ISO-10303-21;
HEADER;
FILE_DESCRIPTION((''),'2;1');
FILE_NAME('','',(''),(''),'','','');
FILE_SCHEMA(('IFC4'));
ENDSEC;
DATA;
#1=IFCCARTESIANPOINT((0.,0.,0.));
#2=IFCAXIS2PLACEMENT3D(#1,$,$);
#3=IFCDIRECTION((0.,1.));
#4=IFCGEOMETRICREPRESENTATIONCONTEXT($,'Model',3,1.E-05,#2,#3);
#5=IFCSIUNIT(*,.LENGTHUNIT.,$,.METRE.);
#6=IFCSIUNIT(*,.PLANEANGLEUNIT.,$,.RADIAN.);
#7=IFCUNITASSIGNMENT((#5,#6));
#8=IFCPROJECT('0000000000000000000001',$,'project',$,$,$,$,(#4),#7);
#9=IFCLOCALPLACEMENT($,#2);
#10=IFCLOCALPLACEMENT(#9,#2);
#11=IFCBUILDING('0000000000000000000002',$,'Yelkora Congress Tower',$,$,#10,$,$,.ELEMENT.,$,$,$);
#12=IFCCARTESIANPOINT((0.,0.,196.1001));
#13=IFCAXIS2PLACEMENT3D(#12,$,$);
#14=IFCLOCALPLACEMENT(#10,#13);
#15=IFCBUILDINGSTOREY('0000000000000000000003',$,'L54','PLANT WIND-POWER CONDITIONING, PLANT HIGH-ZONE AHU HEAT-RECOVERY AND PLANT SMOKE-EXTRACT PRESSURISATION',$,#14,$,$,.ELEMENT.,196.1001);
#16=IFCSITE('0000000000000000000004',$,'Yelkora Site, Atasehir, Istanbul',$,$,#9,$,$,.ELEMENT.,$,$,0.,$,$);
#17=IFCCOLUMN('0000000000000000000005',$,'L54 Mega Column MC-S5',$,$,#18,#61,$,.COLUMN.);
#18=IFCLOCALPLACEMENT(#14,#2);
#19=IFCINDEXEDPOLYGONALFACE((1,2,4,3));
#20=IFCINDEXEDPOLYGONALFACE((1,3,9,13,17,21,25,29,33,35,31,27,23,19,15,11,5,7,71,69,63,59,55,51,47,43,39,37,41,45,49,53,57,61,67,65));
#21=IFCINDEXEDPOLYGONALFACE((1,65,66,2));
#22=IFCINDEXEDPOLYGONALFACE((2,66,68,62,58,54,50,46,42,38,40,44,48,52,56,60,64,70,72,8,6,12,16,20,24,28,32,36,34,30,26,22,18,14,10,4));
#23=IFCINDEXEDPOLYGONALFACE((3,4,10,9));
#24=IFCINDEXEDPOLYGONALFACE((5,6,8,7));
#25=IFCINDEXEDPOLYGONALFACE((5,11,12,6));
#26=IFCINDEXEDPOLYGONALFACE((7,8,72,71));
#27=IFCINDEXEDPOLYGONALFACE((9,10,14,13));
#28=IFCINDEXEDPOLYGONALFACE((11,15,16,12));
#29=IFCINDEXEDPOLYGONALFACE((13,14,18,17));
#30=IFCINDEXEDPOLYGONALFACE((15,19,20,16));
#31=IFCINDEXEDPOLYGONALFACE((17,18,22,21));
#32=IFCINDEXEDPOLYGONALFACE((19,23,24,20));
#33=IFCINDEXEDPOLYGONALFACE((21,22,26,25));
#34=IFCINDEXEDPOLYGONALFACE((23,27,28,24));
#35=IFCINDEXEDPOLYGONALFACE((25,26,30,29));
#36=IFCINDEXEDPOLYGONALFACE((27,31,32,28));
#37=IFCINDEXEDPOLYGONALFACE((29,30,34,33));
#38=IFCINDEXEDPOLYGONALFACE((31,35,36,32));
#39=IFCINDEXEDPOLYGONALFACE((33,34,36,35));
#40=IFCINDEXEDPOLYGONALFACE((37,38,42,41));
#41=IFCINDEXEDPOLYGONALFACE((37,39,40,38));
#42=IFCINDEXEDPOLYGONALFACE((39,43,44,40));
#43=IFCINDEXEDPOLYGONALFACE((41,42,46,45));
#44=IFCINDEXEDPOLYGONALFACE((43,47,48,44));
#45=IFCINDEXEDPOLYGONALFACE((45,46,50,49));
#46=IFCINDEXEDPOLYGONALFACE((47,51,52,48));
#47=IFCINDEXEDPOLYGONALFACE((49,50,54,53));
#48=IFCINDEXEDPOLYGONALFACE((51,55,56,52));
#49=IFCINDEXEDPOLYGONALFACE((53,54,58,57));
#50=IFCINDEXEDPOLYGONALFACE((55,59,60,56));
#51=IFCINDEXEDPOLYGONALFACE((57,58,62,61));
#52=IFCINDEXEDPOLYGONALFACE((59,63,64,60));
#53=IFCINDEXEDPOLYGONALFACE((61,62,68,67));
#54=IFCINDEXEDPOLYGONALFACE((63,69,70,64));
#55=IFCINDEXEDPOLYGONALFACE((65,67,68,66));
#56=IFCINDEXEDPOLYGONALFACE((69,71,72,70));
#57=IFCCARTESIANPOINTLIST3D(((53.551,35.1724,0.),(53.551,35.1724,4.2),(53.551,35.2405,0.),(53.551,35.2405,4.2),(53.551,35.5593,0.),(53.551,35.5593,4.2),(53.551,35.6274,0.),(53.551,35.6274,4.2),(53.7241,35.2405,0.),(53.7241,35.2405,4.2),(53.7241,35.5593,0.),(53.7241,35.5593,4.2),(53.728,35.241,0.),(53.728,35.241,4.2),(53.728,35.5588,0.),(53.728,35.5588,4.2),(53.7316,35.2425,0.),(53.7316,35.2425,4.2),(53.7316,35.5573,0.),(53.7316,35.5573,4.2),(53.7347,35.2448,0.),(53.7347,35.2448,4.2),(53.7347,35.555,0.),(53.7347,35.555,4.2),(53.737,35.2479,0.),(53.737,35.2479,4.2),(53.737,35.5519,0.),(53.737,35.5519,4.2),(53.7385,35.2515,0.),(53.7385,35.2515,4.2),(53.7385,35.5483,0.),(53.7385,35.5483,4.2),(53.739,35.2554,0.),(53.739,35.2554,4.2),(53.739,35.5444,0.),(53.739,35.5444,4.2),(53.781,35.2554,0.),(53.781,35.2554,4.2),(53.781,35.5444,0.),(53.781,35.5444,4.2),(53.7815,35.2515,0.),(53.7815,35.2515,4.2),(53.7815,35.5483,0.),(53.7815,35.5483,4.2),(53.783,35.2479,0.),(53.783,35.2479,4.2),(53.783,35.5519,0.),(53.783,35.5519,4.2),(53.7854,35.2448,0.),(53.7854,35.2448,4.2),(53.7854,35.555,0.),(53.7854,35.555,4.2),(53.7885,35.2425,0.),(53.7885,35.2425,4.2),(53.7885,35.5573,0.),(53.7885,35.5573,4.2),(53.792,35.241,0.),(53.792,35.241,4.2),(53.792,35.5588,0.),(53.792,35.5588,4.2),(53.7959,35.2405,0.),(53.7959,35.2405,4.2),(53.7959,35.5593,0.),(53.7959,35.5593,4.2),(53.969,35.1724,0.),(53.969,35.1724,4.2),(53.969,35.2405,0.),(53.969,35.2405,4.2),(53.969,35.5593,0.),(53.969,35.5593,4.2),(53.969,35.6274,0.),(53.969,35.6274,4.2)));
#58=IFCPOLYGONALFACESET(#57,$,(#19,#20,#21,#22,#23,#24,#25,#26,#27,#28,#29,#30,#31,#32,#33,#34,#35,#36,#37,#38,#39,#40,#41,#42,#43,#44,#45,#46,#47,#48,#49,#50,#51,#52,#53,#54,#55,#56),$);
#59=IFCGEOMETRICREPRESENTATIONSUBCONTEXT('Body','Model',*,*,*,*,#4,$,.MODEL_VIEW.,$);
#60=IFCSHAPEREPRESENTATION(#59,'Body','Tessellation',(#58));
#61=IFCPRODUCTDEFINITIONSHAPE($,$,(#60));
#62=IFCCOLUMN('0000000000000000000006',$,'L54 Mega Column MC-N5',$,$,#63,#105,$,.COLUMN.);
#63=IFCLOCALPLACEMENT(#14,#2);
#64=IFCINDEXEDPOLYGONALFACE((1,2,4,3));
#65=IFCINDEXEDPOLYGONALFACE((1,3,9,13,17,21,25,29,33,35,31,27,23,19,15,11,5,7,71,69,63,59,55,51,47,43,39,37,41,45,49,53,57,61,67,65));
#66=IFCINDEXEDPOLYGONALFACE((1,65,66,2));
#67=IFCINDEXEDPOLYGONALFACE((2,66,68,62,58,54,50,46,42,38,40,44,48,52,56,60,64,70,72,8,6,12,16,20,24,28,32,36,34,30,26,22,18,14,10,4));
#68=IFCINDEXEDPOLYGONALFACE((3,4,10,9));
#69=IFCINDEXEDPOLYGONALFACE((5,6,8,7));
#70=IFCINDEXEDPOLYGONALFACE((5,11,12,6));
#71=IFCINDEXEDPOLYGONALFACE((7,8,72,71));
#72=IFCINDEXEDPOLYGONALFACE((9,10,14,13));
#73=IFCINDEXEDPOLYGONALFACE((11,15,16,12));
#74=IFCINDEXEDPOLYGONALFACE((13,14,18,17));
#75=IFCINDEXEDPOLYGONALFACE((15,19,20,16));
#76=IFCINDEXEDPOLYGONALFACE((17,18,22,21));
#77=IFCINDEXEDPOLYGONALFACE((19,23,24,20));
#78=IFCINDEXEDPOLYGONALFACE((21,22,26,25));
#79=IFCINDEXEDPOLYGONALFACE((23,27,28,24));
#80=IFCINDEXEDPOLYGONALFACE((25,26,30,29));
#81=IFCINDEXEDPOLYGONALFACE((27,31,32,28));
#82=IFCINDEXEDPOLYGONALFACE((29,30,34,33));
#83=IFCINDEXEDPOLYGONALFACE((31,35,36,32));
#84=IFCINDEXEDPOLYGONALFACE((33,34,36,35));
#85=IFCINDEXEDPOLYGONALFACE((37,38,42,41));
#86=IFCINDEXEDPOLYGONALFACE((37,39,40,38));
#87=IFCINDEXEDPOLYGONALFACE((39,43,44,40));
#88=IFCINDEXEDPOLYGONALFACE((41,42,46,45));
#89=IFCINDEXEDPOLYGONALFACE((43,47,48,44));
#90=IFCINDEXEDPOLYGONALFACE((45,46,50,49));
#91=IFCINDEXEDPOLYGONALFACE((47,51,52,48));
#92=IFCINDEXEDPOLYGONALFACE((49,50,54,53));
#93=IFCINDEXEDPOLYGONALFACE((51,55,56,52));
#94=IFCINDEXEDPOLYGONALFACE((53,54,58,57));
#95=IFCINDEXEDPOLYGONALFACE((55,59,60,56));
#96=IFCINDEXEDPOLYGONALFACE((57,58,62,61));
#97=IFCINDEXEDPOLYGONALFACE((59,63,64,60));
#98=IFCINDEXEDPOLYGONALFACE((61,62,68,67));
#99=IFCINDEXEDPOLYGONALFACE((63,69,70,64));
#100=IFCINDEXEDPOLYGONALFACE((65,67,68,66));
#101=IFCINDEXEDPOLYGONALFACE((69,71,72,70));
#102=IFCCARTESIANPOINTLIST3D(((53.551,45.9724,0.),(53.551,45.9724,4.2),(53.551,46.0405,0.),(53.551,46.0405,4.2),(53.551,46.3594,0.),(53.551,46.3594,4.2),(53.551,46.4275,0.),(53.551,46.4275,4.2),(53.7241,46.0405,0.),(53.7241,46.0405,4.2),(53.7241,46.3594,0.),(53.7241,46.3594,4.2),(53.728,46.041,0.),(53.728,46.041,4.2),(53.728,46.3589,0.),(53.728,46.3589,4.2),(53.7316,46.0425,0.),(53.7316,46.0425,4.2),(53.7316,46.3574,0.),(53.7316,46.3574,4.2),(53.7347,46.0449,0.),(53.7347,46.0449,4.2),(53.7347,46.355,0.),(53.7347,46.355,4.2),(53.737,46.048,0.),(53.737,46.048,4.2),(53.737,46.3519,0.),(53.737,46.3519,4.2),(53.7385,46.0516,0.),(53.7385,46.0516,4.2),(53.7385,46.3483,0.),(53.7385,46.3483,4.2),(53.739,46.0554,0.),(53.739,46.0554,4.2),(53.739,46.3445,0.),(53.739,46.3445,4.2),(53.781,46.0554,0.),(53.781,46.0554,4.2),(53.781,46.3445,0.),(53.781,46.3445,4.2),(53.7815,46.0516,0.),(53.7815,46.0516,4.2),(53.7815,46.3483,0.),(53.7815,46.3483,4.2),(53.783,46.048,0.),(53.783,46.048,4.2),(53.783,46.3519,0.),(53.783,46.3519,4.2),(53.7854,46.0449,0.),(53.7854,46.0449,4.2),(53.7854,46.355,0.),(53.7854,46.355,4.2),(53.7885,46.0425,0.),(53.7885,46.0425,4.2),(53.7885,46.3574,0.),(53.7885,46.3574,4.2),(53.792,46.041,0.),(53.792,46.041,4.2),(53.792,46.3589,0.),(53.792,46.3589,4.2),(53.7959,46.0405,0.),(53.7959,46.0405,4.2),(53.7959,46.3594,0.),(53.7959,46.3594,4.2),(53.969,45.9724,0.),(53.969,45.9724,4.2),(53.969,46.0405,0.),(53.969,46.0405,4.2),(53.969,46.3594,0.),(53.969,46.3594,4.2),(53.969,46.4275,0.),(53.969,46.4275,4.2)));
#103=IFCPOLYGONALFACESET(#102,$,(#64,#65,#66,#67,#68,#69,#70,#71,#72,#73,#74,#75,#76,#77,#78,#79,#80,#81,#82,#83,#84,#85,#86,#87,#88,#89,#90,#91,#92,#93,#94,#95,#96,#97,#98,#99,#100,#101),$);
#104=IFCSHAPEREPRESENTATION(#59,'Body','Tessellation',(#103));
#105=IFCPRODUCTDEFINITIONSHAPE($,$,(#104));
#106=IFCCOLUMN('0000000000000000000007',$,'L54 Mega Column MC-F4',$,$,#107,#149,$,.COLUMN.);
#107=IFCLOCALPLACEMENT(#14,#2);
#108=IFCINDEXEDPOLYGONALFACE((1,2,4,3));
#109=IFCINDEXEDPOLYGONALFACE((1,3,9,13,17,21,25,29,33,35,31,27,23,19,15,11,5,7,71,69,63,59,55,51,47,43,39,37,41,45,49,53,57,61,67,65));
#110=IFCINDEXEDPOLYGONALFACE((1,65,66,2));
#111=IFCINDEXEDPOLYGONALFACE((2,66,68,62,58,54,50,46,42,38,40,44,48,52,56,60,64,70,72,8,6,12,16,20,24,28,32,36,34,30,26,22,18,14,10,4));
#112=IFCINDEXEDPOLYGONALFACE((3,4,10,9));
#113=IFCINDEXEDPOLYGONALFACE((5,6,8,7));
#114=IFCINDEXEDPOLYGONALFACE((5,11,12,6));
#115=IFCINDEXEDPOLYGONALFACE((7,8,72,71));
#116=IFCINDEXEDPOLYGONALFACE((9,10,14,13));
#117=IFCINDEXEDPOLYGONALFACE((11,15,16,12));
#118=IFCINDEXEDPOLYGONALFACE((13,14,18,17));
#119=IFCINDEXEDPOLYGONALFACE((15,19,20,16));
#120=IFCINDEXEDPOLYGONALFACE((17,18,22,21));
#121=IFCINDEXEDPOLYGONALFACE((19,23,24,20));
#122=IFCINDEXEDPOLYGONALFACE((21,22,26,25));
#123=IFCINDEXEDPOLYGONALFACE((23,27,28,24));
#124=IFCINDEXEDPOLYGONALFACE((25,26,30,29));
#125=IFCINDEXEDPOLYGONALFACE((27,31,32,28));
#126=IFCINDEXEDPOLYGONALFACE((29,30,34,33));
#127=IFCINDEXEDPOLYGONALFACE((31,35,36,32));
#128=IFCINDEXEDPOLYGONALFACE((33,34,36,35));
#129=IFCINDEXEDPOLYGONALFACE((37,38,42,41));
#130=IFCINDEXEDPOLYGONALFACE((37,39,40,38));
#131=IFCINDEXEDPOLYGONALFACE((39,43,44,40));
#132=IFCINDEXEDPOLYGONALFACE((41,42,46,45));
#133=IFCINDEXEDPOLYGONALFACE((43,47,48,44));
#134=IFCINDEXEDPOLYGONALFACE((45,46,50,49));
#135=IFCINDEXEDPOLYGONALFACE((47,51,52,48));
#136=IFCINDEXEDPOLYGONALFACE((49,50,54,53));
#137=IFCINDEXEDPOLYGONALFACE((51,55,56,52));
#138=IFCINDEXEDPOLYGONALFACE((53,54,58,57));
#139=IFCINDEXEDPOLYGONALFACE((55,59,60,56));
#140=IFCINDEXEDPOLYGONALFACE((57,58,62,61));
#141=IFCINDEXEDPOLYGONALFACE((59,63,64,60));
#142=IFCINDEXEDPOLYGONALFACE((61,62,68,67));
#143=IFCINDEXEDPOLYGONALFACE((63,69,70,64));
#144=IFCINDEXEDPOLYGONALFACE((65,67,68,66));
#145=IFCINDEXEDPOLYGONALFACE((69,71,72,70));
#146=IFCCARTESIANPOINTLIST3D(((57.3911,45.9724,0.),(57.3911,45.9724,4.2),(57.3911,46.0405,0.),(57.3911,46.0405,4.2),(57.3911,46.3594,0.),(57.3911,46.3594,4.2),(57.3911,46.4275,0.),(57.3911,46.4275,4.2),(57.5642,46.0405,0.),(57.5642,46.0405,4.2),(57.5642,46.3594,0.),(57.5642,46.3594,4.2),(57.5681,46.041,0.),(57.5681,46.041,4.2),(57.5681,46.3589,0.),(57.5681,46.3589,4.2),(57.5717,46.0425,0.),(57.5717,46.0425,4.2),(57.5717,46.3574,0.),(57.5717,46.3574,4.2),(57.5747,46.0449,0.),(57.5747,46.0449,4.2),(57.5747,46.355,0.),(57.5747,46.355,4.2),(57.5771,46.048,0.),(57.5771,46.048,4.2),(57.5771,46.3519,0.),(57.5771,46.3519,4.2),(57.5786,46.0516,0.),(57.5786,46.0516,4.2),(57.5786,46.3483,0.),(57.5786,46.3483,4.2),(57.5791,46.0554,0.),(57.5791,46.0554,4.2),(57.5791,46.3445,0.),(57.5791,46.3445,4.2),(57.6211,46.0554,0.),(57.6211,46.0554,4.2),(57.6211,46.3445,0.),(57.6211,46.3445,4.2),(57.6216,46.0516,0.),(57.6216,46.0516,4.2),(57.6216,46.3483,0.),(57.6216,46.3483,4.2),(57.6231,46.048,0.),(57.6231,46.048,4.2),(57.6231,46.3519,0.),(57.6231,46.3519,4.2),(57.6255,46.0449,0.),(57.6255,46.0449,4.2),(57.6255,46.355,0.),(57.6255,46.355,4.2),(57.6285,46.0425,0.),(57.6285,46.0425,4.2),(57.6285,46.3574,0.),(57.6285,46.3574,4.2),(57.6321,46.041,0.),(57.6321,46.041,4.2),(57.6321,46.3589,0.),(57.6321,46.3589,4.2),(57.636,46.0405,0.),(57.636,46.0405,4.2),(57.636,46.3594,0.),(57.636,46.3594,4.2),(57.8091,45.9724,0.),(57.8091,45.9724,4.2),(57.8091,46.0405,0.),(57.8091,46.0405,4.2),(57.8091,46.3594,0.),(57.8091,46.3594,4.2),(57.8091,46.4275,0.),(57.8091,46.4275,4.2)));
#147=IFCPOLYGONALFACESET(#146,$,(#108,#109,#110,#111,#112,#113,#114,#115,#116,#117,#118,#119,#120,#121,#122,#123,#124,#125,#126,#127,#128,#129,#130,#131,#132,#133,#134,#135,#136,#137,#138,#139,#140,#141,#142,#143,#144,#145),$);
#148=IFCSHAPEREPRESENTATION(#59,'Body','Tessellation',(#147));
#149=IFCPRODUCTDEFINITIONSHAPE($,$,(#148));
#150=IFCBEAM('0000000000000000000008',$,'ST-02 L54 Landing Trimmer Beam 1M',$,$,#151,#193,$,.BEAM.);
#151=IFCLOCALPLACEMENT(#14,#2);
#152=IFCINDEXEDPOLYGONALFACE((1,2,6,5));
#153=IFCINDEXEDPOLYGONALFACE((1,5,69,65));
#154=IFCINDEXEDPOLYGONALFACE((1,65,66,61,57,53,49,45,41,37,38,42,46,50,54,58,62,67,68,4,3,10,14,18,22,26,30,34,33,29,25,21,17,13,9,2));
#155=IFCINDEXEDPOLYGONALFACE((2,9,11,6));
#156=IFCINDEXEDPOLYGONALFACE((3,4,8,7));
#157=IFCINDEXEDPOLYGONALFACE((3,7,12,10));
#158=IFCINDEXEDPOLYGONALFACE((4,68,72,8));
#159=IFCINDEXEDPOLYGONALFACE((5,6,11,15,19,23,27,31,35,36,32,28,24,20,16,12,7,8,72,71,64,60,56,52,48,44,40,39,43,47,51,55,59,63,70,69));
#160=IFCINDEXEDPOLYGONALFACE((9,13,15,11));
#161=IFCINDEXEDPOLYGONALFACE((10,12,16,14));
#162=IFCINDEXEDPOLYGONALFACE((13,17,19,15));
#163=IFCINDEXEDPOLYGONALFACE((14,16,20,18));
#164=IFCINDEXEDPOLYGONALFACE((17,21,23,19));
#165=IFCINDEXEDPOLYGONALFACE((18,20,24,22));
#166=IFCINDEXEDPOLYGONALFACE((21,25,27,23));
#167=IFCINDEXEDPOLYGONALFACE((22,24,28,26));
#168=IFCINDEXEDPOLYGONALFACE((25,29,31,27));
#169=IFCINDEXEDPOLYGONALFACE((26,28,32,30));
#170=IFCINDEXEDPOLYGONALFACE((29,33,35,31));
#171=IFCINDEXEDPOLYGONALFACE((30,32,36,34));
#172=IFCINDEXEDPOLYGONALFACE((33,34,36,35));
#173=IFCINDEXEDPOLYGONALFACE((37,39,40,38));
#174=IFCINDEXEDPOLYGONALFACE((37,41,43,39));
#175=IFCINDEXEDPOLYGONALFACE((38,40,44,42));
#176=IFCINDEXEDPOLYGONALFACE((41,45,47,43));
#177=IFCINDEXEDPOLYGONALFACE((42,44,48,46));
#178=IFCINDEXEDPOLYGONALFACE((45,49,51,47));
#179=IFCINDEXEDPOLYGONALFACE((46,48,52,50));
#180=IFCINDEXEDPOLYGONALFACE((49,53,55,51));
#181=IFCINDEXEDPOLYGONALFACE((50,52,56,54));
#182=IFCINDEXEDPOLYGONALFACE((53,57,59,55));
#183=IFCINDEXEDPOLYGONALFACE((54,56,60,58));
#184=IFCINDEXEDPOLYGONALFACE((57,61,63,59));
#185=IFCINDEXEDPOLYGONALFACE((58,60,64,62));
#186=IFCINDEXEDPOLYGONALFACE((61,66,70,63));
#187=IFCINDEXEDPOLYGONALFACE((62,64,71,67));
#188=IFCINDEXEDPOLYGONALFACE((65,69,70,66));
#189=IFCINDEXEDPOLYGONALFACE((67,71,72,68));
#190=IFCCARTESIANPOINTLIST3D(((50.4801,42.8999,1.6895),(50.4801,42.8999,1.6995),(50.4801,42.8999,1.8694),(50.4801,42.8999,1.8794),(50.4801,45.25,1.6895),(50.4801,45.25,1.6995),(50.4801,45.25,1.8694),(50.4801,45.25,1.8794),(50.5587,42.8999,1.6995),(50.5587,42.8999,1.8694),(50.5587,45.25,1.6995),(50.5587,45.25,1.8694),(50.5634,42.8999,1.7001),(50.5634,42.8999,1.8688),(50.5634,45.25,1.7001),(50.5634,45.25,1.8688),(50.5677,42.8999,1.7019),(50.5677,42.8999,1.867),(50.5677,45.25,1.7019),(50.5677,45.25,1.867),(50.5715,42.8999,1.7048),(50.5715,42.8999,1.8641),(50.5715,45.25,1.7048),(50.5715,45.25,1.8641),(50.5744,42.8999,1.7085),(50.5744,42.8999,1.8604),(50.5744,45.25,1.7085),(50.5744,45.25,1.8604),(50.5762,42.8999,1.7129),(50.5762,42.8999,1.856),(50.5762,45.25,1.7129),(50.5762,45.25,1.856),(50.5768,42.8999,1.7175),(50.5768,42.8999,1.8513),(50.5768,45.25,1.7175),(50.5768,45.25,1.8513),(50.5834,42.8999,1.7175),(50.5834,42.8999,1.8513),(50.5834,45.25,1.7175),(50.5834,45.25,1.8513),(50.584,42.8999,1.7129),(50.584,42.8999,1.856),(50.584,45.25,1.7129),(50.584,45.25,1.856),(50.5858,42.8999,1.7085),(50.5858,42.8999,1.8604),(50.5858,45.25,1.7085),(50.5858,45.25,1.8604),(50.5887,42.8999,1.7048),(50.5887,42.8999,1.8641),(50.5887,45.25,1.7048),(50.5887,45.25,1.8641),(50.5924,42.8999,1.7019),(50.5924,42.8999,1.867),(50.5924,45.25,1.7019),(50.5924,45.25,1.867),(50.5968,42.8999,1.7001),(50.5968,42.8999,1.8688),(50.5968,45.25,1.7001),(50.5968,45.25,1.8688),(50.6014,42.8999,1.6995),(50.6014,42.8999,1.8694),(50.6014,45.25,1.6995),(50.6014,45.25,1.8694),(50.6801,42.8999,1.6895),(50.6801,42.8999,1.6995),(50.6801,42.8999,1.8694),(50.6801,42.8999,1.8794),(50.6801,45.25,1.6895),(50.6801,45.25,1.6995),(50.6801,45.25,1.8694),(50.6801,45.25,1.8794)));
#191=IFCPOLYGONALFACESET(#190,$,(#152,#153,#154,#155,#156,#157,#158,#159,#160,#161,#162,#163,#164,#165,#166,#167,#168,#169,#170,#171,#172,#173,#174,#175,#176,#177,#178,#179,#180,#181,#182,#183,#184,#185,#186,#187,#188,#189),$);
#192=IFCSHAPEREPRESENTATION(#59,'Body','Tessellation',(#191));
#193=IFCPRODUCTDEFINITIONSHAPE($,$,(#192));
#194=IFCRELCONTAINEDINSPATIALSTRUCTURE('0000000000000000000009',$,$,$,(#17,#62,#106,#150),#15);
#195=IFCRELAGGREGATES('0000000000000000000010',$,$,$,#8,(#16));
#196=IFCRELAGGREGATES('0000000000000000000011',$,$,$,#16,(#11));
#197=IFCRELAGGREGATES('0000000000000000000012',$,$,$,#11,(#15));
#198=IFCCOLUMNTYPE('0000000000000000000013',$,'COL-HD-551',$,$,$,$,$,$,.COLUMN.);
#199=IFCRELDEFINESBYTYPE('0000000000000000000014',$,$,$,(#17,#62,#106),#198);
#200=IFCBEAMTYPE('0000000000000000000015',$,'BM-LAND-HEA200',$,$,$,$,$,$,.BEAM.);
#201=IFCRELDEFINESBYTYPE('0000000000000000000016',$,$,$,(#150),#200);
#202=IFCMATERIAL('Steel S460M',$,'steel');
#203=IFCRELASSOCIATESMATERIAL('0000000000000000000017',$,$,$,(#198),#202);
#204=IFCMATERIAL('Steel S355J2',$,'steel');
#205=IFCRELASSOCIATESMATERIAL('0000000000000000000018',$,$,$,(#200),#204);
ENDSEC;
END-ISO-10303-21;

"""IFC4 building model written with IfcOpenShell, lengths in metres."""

from ifc_helpers import new_model, si_unit, direction, frame, origin, origin_2d, place, context, subcontext, project, spatial, i_section, extrude, material, material_profile, profile_set, type_object, element, save


model = new_model("IFC4")

# Units and contexts
model_context = context("Model", 3, precision=1e-05, world=origin(), true_north=direction((0.0, 1.0)))
body_context = subcontext(model_context, "Body", "Model", "MODEL_VIEW")
ifc_project = project(units=[si_unit("LENGTHUNIT", "METRE"), si_unit("PLANEANGLEUNIT", "RADIAN")], contexts=[model_context])

# Site, building, storey
site_placement = place(None, origin())
site = spatial("IfcSite", under=ifc_project, at=site_placement, Name="Yelkora Site, Atasehir, Istanbul", CompositionType="ELEMENT", RefElevation=0.0)
building_placement = place(site_placement, origin())
building = spatial("IfcBuilding", under=site, at=building_placement, Name="Yelkora Congress Tower", CompositionType="ELEMENT")
storey_placement = place(building_placement, frame((0.0, 0.0, 196.1001)))
storey = spatial("IfcBuildingStorey", under=building, at=storey_placement, Name="L54", Description="PLANT WIND-POWER CONDITIONING, PLANT HIGH-ZONE AHU HEAT-RECOVERY AND PLANT SMOKE-EXTRACT PRESSURISATION", CompositionType="ELEMENT", Elevation=196.1001)

# Columns
ifc_material_1 = material(Name="Steel S460M", Category="steel")
ifc_material_profile_1 = material_profile(ifc_material_1, i_section(OverallWidth=0.418, OverallDepth=0.4551, WebThickness=0.042, FlangeThickness=0.0681, FilletRadius=0.0149, at=origin_2d()), Name="HD 400x551")
ifc_profile_set_1 = profile_set([ifc_material_profile_1], Name="Steel S460M")
column_type = type_object("IfcColumnType", Name="COL-HD-551", PredefinedType="COLUMN", material=ifc_profile_set_1)
for number, where, z_axis, x_axis, name in (
    (1, (53.76, 35.3999, 0.0), (0.0, 0.0, 1.0), (1.0, 0.0, 0.0), "L54 Mega Column MC-S5"),
    (2, (53.76, 46.2, 0.0), (0.0, 0.0, 1.0), (1.0, 0.0, 0.0), "L54 Mega Column MC-N5"),
    (3, (57.6001, 46.2, 0.0), (0.0, 0.0, 1.0), (1.0, 0.0, 0.0), "L54 Mega Column MC-F4"),
):
    element("IfcColumn", number, at=place(storey_placement, frame(where, z_axis=z_axis, x_axis=x_axis)), inside=storey, type_object=column_type, Name=name, PredefinedType="COLUMN", context=body_context, shape_type="SweptSolid", body=[
        extrude(i_section(OverallWidth=0.418, OverallDepth=0.4551, WebThickness=0.042, FlangeThickness=0.0681, FilletRadius=0.0149, at=origin_2d()), origin(), (0.0, 0.0, 1.0), 4.2),
    ])

# Beam
ifc_material_2 = material(Name="Steel S355J2", Category="steel")
ifc_material_profile_2 = material_profile(ifc_material_2, i_section(OverallWidth=0.2, OverallDepth=0.1899, WebThickness=0.0066, FlangeThickness=0.01, FilletRadius=0.0181, at=origin_2d()), Name="HEA 200")
ifc_profile_set_2 = profile_set([ifc_material_profile_2], Name="Steel S355J2")
beam_type = type_object("IfcBeamType", Name="BM-LAND-HEA200", PredefinedType="BEAM", material=ifc_profile_set_2)
beam_placement = place(storey_placement, frame((50.5801, 42.8999, 1.7844), z_axis=(0.0, 1.0, 0.0), x_axis=(-1.0, 0.0, 0.0)))
element("IfcBeam", 4, at=beam_placement, inside=storey, type_object=beam_type, Name="ST-02 L54 Landing Trimmer Beam 1M", PredefinedType="BEAM", context=body_context, shape_type="SweptSolid", body=[
    extrude(i_section(OverallWidth=0.2, OverallDepth=0.1899, WebThickness=0.0066, FlangeThickness=0.01, FilletRadius=0.0181, at=origin_2d()), origin(), (0.0, 0.0, 1.0), 2.3501),
])

save(model, "model.ifc")
